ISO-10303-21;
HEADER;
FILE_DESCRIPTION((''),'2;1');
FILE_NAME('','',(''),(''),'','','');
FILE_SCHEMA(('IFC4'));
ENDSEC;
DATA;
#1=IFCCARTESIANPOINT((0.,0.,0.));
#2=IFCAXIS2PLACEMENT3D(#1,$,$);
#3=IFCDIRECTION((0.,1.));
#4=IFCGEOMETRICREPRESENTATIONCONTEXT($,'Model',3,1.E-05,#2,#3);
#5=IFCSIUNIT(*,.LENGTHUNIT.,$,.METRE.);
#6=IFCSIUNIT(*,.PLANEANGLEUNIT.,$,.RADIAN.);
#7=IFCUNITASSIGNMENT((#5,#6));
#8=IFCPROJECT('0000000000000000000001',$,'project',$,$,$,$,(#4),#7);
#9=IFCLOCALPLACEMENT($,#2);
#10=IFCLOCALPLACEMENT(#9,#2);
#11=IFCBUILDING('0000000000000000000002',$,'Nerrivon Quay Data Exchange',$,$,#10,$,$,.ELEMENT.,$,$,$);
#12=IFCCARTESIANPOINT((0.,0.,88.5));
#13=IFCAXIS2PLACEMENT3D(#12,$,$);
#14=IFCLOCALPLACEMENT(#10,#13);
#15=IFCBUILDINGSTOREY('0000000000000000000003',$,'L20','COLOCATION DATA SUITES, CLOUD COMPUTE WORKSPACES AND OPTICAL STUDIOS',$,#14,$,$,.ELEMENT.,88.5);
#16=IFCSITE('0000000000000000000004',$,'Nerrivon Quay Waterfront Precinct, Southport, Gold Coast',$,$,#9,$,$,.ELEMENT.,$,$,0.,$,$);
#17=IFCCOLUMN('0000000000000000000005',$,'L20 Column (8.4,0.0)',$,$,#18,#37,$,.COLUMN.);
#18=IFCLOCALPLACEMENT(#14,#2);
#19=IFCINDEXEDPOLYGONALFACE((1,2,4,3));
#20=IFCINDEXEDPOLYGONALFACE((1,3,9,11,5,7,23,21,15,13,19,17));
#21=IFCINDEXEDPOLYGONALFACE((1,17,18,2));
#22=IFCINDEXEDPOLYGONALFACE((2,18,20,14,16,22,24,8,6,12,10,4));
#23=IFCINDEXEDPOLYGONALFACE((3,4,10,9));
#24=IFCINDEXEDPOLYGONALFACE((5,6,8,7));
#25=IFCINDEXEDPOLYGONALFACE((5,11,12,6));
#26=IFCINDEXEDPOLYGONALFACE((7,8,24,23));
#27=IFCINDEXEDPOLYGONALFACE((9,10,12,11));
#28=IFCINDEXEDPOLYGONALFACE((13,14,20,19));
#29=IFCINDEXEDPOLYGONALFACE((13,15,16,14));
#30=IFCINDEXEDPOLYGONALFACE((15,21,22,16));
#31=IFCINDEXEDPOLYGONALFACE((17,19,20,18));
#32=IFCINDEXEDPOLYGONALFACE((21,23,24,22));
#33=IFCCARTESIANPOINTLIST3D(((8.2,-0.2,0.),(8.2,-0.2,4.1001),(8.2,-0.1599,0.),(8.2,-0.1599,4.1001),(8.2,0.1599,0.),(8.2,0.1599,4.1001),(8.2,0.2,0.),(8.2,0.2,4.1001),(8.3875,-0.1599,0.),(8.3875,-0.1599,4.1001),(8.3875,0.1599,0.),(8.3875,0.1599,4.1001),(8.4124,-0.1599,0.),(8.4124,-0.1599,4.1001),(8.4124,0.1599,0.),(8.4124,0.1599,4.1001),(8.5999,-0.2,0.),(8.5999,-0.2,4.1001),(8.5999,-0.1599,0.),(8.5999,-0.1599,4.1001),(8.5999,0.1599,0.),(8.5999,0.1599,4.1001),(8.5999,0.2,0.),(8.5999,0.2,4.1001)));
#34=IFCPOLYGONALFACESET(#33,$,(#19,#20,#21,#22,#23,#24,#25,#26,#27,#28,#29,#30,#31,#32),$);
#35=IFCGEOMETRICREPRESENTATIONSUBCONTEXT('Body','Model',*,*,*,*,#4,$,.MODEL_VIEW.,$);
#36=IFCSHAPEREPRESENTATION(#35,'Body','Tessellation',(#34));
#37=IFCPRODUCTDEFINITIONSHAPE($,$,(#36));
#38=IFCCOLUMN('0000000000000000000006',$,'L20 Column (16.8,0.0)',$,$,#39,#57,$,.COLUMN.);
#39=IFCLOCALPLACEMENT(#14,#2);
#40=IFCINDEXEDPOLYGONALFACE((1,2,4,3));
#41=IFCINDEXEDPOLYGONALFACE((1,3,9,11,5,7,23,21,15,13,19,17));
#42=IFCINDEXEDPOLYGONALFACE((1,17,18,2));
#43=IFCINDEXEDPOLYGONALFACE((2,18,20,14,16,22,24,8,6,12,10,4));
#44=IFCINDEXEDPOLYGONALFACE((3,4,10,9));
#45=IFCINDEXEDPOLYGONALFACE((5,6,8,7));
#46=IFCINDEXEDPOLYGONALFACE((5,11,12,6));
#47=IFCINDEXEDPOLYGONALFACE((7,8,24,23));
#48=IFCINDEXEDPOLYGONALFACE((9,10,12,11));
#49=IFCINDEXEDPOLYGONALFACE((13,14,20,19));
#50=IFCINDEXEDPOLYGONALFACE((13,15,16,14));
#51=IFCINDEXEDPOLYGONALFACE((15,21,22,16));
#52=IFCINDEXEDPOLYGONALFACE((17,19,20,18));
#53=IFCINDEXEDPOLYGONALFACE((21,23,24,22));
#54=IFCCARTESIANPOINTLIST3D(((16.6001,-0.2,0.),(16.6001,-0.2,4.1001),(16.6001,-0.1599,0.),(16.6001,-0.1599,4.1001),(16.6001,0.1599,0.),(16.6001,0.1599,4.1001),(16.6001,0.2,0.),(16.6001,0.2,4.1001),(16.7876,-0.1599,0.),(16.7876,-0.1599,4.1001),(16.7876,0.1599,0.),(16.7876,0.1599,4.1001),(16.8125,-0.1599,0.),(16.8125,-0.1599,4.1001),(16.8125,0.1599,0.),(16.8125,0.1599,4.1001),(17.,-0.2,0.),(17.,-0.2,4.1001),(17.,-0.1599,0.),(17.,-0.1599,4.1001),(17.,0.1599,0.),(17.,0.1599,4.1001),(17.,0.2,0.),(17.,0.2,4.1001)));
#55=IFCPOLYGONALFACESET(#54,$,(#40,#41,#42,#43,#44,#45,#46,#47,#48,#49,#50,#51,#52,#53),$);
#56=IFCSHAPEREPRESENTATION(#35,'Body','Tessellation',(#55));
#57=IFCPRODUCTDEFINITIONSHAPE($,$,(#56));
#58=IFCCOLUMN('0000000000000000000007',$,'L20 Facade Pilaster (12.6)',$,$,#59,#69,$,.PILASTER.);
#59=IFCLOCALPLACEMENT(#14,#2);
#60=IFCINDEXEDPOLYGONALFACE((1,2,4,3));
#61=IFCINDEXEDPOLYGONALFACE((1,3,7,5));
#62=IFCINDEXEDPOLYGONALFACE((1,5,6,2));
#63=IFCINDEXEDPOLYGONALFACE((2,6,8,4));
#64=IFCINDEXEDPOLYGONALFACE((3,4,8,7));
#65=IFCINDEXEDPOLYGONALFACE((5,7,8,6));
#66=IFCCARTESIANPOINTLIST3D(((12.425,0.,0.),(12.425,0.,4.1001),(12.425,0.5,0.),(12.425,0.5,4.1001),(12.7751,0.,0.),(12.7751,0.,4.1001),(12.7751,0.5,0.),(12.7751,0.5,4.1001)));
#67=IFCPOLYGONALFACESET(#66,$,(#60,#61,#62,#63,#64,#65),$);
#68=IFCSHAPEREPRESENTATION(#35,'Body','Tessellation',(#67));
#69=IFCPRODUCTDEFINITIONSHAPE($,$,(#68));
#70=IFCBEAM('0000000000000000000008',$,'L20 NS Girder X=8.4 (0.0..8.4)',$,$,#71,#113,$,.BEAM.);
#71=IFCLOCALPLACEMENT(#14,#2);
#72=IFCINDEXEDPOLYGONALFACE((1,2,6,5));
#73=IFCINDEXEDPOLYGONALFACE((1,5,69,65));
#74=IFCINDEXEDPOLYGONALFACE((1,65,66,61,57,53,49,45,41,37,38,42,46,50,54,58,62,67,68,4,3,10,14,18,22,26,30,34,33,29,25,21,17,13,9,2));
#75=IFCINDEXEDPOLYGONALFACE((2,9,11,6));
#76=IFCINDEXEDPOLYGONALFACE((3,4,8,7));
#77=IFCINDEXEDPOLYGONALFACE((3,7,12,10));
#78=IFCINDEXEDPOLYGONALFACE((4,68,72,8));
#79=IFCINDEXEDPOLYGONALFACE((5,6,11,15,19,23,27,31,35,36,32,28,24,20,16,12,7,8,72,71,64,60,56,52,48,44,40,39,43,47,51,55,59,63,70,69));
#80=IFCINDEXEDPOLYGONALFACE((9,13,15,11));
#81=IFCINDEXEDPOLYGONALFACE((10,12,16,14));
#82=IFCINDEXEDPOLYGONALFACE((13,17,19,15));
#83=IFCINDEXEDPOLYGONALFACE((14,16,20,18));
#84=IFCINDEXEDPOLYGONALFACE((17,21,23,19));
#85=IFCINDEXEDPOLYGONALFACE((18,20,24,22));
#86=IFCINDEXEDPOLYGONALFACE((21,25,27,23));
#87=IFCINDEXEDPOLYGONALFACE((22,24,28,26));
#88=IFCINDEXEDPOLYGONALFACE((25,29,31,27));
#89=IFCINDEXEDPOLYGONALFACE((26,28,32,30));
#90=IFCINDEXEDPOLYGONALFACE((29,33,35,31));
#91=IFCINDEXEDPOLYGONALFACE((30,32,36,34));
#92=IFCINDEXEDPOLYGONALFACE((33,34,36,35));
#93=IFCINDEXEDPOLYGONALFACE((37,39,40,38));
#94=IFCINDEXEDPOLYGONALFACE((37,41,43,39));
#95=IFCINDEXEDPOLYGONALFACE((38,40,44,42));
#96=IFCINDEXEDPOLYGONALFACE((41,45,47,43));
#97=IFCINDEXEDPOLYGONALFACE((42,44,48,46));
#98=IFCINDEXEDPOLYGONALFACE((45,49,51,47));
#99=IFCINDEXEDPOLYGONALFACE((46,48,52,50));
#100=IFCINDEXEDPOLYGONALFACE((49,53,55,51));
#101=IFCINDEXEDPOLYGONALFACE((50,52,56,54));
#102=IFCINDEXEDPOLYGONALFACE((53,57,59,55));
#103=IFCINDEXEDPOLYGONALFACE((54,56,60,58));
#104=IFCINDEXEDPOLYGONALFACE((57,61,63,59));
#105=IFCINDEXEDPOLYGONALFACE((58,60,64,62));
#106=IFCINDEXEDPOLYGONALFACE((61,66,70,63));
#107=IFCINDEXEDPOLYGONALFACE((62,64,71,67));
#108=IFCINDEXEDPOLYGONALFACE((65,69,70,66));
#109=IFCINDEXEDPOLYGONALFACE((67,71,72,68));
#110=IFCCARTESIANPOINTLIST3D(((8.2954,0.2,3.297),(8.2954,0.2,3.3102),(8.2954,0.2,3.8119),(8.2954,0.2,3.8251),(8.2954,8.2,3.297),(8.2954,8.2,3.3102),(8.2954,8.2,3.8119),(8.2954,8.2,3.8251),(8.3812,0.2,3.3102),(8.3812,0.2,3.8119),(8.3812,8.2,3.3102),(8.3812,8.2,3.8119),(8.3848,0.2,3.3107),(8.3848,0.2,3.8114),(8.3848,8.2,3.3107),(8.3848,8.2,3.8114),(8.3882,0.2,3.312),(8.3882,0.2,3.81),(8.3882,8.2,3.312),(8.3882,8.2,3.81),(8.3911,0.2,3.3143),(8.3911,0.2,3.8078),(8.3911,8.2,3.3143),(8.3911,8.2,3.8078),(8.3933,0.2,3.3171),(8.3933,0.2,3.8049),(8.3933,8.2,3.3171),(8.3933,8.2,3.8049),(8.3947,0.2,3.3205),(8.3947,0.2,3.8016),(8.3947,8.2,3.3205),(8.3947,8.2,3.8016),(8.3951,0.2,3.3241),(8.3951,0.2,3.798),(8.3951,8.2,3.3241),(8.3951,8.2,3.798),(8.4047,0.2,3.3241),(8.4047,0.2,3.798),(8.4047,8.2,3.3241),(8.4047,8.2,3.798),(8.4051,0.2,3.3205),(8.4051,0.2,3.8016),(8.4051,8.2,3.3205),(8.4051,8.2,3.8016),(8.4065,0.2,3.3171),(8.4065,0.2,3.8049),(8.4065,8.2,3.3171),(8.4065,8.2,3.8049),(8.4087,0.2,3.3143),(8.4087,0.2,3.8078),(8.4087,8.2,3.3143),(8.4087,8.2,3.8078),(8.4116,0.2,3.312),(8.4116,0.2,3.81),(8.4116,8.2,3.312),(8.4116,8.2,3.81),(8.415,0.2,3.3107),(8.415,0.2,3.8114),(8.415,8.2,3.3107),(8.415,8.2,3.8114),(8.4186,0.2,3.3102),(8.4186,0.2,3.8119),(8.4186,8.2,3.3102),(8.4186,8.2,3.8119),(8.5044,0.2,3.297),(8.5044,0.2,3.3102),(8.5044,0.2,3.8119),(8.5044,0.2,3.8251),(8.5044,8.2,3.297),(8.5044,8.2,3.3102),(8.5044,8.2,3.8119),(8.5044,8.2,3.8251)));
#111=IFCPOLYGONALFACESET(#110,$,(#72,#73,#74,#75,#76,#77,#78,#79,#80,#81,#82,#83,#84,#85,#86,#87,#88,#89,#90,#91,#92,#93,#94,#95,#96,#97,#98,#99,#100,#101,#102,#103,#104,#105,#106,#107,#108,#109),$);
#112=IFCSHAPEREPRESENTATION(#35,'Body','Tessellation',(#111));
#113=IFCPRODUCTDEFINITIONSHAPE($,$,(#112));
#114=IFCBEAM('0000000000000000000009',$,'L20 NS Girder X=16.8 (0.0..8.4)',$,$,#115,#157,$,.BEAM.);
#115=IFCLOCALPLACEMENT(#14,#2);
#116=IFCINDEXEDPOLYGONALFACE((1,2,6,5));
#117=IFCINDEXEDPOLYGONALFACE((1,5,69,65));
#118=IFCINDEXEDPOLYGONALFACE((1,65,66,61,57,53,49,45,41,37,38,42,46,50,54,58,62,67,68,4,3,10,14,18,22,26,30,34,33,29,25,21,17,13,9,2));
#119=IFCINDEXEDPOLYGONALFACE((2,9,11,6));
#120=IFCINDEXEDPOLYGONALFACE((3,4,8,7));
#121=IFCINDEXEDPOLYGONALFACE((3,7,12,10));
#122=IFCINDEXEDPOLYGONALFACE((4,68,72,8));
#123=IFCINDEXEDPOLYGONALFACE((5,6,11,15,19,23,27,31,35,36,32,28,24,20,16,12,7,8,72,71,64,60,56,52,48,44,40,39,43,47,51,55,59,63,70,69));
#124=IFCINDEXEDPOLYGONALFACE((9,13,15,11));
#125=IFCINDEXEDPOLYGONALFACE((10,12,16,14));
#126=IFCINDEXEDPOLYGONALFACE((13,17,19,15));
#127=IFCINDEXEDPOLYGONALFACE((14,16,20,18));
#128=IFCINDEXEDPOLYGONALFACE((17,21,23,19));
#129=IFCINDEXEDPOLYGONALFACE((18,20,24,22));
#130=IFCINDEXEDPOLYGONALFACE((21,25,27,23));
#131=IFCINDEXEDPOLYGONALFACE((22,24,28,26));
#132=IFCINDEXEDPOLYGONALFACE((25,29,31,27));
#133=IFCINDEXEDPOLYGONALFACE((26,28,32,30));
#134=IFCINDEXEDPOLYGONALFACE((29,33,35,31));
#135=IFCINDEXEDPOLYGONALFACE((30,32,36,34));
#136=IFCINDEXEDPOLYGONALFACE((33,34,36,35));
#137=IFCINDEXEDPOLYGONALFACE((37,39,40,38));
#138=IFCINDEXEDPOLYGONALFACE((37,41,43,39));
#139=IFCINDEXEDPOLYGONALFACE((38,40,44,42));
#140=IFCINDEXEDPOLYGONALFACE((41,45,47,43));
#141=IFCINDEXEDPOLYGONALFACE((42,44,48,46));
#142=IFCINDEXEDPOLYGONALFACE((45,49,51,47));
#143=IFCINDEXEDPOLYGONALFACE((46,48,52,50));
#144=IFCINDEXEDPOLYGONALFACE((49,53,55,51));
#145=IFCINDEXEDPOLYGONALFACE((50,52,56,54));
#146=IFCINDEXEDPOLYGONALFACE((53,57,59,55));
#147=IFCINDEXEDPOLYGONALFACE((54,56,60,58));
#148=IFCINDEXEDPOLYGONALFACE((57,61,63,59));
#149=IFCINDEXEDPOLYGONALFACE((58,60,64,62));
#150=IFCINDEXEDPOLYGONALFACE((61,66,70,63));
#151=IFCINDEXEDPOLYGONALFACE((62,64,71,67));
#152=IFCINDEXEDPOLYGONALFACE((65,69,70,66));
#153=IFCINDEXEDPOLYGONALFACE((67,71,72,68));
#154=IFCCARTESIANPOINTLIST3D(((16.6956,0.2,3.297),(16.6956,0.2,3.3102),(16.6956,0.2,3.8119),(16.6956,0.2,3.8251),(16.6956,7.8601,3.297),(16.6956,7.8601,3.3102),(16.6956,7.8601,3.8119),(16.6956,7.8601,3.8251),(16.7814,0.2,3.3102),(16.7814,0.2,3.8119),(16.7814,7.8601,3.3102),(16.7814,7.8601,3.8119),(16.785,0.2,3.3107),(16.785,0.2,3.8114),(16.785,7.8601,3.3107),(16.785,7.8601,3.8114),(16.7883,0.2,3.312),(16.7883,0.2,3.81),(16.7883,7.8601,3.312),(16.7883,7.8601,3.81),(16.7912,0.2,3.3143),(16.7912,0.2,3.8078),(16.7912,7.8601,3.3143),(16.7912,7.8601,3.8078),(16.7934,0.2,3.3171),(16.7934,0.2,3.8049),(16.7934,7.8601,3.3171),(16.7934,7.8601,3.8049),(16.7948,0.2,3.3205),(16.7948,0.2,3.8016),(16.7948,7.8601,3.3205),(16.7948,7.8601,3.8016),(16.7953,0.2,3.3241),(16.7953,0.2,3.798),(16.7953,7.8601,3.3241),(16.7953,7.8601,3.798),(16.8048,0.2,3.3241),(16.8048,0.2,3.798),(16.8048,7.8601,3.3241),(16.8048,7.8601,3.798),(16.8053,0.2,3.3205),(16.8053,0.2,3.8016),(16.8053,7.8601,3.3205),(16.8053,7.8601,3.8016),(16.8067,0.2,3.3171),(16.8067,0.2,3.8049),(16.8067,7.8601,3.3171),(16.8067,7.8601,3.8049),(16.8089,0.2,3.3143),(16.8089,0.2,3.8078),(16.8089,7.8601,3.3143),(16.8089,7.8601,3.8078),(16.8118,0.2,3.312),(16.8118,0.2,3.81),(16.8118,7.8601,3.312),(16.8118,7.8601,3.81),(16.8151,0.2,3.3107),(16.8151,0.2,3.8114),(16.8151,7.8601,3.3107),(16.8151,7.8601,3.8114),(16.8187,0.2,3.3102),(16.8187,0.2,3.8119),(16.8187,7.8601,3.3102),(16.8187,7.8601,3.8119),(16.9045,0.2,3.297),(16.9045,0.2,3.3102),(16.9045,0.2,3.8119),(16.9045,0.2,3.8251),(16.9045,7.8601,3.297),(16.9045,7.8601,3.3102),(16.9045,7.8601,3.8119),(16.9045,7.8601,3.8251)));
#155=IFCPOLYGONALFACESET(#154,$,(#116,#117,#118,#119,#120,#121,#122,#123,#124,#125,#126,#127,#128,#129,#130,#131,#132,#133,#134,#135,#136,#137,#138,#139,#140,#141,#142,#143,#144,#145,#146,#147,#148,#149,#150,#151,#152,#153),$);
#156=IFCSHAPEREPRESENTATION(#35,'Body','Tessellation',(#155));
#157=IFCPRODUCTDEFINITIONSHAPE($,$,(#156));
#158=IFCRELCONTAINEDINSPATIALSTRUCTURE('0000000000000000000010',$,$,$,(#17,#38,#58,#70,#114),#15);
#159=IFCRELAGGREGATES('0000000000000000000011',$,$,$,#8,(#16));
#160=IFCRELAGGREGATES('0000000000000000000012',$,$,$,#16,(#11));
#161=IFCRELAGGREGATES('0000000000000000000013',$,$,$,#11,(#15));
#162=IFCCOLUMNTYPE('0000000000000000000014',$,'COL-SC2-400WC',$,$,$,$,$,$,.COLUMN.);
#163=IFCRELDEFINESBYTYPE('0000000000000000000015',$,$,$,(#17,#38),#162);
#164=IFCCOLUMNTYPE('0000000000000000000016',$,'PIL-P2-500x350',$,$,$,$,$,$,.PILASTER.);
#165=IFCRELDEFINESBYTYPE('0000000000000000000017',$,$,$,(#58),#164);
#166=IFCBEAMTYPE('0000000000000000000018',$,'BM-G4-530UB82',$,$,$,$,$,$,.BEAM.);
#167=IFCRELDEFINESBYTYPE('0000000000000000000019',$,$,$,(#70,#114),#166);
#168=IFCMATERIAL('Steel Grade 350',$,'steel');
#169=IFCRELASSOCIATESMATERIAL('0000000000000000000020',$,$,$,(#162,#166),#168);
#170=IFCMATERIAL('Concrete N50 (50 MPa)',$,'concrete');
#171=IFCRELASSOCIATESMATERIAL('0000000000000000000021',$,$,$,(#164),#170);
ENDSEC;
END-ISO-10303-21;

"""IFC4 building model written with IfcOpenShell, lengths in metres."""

from ifc_helpers import new_model, si_unit, direction, frame, origin, origin_2d, place, context, subcontext, project, spatial, rectangle, i_section, extrude, material, material_profile, profile_set, type_object, element, save


model = new_model("IFC4")

# Units and contexts
model_context = context("Model", 3, precision=1e-05, world=origin(), true_north=direction((0.0, 1.0)))
body_context = subcontext(model_context, "Body", "Model", "MODEL_VIEW")
ifc_project = project(units=[si_unit("LENGTHUNIT", "METRE"), si_unit("PLANEANGLEUNIT", "RADIAN")], contexts=[model_context])

# Site, building, storey
site_placement = place(None, origin())
site = spatial("IfcSite", under=ifc_project, at=site_placement, Name="Nerrivon Quay Waterfront Precinct, Southport, Gold Coast", CompositionType="ELEMENT", RefElevation=0.0)
building_placement = place(site_placement, origin())
building = spatial("IfcBuilding", under=site, at=building_placement, Name="Nerrivon Quay Data Exchange", CompositionType="ELEMENT")
storey_placement = place(building_placement, frame((0.0, 0.0, 88.5)))
storey = spatial("IfcBuildingStorey", under=building, at=storey_placement, Name="L20", Description="COLOCATION DATA SUITES, CLOUD COMPUTE WORKSPACES AND OPTICAL STUDIOS", CompositionType="ELEMENT", Elevation=88.5)

# Columns
ifc_material_1 = material(Name="Steel Grade 350", Category="steel")
ifc_material_profile_1 = material_profile(ifc_material_1, i_section(OverallWidth=0.3999, OverallDepth=0.3999, WebThickness=0.0249, FlangeThickness=0.04, at=origin_2d()), Name="400WC328")
ifc_profile_set_1 = profile_set([ifc_material_profile_1], Name="Steel Grade 350")
column_type_1 = type_object("IfcColumnType", Name="COL-SC2-400WC", PredefinedType="COLUMN", material=ifc_profile_set_1)
for number, where, z_axis, x_axis, name in (
    (1, (8.3999, 0.0, 0.0), (0.0, 0.0, 1.0), (1.0, 0.0, 0.0), "L20 Column (8.4,0.0)"),
    (2, (16.8, 0.0, 0.0), (0.0, 0.0, 1.0), (1.0, 0.0, 0.0), "L20 Column (16.8,0.0)"),
):
    element("IfcColumn", number, at=place(storey_placement, frame(where, z_axis=z_axis, x_axis=x_axis)), inside=storey, type_object=column_type_1, Name=name, PredefinedType="COLUMN", context=body_context, shape_type="SweptSolid", body=[
        extrude(i_section(OverallWidth=0.3999, OverallDepth=0.3999, WebThickness=0.0249, FlangeThickness=0.04, at=origin_2d()), origin(), (0.0, 0.0, 1.0), 4.1001),
    ])
ifc_material_2 = material(Name="Concrete N50 (50 MPa)", Category="concrete")
ifc_material_profile_2 = material_profile(ifc_material_2, rectangle(XDim=0.3501, YDim=0.5, at=origin_2d()), Name="RC-PIL-500x350")
ifc_profile_set_2 = profile_set([ifc_material_profile_2], Name="Concrete N50 (50 MPa)")
column_type_2 = type_object("IfcColumnType", Name="PIL-P2-500x350", PredefinedType="PILASTER", material=ifc_profile_set_2)
column_placement = place(storey_placement, frame((12.6001, 0.25, 0.0), z_axis=(0.0, 0.0, 1.0), x_axis=(1.0, 0.0, 0.0)))
element("IfcColumn", 3, at=column_placement, inside=storey, type_object=column_type_2, Name="L20 Facade Pilaster (12.6)", PredefinedType="PILASTER", context=body_context, shape_type="SweptSolid", body=[
    extrude(rectangle(XDim=0.3501, YDim=0.5, at=origin_2d()), origin(), (0.0, 0.0, 1.0), 4.1001),
])

# Beams
ifc_material_profile_3 = material_profile(ifc_material_1, i_section(OverallWidth=0.209, OverallDepth=0.5281, WebThickness=0.0095, FlangeThickness=0.0132, FilletRadius=0.0139, at=origin_2d()), Name="530UB82.0")
ifc_profile_set_3 = profile_set([ifc_material_profile_3], Name="Steel Grade 350")
beam_type_1 = type_object("IfcBeamType", Name="BM-G4-530UB82", PredefinedType="BEAM", material=ifc_profile_set_3)
beam_1_placement = place(storey_placement, frame((8.3999, 0.2, 3.561), z_axis=(0.0, 1.0, 0.0), x_axis=(-1.0, 0.0, 0.0)))
element("IfcBeam", 4, at=beam_1_placement, inside=storey, type_object=beam_type_1, Name="L20 NS Girder X=8.4 (0.0..8.4)", PredefinedType="BEAM", context=body_context, shape_type="SweptSolid", body=[
    extrude(i_section(OverallWidth=0.209, OverallDepth=0.5281, WebThickness=0.0095, FlangeThickness=0.0132, FilletRadius=0.0139, at=origin_2d()), origin(), (0.0, 0.0, 1.0), 8.0),
])
beam_2_placement = place(storey_placement, frame((16.8, 0.2, 3.561), z_axis=(0.0, 1.0, 0.0), x_axis=(-1.0, 0.0, 0.0)))
element("IfcBeam", 5, at=beam_2_placement, inside=storey, type_object=beam_type_1, Name="L20 NS Girder X=16.8 (0.0..8.4)", PredefinedType="BEAM", context=body_context, shape_type="SweptSolid", body=[
    extrude(i_section(OverallWidth=0.209, OverallDepth=0.5281, WebThickness=0.0095, FlangeThickness=0.0132, FilletRadius=0.0139, at=origin_2d()), origin(), (0.0, 0.0, 1.0), 7.6602),
])

save(model, "model.ifc")
